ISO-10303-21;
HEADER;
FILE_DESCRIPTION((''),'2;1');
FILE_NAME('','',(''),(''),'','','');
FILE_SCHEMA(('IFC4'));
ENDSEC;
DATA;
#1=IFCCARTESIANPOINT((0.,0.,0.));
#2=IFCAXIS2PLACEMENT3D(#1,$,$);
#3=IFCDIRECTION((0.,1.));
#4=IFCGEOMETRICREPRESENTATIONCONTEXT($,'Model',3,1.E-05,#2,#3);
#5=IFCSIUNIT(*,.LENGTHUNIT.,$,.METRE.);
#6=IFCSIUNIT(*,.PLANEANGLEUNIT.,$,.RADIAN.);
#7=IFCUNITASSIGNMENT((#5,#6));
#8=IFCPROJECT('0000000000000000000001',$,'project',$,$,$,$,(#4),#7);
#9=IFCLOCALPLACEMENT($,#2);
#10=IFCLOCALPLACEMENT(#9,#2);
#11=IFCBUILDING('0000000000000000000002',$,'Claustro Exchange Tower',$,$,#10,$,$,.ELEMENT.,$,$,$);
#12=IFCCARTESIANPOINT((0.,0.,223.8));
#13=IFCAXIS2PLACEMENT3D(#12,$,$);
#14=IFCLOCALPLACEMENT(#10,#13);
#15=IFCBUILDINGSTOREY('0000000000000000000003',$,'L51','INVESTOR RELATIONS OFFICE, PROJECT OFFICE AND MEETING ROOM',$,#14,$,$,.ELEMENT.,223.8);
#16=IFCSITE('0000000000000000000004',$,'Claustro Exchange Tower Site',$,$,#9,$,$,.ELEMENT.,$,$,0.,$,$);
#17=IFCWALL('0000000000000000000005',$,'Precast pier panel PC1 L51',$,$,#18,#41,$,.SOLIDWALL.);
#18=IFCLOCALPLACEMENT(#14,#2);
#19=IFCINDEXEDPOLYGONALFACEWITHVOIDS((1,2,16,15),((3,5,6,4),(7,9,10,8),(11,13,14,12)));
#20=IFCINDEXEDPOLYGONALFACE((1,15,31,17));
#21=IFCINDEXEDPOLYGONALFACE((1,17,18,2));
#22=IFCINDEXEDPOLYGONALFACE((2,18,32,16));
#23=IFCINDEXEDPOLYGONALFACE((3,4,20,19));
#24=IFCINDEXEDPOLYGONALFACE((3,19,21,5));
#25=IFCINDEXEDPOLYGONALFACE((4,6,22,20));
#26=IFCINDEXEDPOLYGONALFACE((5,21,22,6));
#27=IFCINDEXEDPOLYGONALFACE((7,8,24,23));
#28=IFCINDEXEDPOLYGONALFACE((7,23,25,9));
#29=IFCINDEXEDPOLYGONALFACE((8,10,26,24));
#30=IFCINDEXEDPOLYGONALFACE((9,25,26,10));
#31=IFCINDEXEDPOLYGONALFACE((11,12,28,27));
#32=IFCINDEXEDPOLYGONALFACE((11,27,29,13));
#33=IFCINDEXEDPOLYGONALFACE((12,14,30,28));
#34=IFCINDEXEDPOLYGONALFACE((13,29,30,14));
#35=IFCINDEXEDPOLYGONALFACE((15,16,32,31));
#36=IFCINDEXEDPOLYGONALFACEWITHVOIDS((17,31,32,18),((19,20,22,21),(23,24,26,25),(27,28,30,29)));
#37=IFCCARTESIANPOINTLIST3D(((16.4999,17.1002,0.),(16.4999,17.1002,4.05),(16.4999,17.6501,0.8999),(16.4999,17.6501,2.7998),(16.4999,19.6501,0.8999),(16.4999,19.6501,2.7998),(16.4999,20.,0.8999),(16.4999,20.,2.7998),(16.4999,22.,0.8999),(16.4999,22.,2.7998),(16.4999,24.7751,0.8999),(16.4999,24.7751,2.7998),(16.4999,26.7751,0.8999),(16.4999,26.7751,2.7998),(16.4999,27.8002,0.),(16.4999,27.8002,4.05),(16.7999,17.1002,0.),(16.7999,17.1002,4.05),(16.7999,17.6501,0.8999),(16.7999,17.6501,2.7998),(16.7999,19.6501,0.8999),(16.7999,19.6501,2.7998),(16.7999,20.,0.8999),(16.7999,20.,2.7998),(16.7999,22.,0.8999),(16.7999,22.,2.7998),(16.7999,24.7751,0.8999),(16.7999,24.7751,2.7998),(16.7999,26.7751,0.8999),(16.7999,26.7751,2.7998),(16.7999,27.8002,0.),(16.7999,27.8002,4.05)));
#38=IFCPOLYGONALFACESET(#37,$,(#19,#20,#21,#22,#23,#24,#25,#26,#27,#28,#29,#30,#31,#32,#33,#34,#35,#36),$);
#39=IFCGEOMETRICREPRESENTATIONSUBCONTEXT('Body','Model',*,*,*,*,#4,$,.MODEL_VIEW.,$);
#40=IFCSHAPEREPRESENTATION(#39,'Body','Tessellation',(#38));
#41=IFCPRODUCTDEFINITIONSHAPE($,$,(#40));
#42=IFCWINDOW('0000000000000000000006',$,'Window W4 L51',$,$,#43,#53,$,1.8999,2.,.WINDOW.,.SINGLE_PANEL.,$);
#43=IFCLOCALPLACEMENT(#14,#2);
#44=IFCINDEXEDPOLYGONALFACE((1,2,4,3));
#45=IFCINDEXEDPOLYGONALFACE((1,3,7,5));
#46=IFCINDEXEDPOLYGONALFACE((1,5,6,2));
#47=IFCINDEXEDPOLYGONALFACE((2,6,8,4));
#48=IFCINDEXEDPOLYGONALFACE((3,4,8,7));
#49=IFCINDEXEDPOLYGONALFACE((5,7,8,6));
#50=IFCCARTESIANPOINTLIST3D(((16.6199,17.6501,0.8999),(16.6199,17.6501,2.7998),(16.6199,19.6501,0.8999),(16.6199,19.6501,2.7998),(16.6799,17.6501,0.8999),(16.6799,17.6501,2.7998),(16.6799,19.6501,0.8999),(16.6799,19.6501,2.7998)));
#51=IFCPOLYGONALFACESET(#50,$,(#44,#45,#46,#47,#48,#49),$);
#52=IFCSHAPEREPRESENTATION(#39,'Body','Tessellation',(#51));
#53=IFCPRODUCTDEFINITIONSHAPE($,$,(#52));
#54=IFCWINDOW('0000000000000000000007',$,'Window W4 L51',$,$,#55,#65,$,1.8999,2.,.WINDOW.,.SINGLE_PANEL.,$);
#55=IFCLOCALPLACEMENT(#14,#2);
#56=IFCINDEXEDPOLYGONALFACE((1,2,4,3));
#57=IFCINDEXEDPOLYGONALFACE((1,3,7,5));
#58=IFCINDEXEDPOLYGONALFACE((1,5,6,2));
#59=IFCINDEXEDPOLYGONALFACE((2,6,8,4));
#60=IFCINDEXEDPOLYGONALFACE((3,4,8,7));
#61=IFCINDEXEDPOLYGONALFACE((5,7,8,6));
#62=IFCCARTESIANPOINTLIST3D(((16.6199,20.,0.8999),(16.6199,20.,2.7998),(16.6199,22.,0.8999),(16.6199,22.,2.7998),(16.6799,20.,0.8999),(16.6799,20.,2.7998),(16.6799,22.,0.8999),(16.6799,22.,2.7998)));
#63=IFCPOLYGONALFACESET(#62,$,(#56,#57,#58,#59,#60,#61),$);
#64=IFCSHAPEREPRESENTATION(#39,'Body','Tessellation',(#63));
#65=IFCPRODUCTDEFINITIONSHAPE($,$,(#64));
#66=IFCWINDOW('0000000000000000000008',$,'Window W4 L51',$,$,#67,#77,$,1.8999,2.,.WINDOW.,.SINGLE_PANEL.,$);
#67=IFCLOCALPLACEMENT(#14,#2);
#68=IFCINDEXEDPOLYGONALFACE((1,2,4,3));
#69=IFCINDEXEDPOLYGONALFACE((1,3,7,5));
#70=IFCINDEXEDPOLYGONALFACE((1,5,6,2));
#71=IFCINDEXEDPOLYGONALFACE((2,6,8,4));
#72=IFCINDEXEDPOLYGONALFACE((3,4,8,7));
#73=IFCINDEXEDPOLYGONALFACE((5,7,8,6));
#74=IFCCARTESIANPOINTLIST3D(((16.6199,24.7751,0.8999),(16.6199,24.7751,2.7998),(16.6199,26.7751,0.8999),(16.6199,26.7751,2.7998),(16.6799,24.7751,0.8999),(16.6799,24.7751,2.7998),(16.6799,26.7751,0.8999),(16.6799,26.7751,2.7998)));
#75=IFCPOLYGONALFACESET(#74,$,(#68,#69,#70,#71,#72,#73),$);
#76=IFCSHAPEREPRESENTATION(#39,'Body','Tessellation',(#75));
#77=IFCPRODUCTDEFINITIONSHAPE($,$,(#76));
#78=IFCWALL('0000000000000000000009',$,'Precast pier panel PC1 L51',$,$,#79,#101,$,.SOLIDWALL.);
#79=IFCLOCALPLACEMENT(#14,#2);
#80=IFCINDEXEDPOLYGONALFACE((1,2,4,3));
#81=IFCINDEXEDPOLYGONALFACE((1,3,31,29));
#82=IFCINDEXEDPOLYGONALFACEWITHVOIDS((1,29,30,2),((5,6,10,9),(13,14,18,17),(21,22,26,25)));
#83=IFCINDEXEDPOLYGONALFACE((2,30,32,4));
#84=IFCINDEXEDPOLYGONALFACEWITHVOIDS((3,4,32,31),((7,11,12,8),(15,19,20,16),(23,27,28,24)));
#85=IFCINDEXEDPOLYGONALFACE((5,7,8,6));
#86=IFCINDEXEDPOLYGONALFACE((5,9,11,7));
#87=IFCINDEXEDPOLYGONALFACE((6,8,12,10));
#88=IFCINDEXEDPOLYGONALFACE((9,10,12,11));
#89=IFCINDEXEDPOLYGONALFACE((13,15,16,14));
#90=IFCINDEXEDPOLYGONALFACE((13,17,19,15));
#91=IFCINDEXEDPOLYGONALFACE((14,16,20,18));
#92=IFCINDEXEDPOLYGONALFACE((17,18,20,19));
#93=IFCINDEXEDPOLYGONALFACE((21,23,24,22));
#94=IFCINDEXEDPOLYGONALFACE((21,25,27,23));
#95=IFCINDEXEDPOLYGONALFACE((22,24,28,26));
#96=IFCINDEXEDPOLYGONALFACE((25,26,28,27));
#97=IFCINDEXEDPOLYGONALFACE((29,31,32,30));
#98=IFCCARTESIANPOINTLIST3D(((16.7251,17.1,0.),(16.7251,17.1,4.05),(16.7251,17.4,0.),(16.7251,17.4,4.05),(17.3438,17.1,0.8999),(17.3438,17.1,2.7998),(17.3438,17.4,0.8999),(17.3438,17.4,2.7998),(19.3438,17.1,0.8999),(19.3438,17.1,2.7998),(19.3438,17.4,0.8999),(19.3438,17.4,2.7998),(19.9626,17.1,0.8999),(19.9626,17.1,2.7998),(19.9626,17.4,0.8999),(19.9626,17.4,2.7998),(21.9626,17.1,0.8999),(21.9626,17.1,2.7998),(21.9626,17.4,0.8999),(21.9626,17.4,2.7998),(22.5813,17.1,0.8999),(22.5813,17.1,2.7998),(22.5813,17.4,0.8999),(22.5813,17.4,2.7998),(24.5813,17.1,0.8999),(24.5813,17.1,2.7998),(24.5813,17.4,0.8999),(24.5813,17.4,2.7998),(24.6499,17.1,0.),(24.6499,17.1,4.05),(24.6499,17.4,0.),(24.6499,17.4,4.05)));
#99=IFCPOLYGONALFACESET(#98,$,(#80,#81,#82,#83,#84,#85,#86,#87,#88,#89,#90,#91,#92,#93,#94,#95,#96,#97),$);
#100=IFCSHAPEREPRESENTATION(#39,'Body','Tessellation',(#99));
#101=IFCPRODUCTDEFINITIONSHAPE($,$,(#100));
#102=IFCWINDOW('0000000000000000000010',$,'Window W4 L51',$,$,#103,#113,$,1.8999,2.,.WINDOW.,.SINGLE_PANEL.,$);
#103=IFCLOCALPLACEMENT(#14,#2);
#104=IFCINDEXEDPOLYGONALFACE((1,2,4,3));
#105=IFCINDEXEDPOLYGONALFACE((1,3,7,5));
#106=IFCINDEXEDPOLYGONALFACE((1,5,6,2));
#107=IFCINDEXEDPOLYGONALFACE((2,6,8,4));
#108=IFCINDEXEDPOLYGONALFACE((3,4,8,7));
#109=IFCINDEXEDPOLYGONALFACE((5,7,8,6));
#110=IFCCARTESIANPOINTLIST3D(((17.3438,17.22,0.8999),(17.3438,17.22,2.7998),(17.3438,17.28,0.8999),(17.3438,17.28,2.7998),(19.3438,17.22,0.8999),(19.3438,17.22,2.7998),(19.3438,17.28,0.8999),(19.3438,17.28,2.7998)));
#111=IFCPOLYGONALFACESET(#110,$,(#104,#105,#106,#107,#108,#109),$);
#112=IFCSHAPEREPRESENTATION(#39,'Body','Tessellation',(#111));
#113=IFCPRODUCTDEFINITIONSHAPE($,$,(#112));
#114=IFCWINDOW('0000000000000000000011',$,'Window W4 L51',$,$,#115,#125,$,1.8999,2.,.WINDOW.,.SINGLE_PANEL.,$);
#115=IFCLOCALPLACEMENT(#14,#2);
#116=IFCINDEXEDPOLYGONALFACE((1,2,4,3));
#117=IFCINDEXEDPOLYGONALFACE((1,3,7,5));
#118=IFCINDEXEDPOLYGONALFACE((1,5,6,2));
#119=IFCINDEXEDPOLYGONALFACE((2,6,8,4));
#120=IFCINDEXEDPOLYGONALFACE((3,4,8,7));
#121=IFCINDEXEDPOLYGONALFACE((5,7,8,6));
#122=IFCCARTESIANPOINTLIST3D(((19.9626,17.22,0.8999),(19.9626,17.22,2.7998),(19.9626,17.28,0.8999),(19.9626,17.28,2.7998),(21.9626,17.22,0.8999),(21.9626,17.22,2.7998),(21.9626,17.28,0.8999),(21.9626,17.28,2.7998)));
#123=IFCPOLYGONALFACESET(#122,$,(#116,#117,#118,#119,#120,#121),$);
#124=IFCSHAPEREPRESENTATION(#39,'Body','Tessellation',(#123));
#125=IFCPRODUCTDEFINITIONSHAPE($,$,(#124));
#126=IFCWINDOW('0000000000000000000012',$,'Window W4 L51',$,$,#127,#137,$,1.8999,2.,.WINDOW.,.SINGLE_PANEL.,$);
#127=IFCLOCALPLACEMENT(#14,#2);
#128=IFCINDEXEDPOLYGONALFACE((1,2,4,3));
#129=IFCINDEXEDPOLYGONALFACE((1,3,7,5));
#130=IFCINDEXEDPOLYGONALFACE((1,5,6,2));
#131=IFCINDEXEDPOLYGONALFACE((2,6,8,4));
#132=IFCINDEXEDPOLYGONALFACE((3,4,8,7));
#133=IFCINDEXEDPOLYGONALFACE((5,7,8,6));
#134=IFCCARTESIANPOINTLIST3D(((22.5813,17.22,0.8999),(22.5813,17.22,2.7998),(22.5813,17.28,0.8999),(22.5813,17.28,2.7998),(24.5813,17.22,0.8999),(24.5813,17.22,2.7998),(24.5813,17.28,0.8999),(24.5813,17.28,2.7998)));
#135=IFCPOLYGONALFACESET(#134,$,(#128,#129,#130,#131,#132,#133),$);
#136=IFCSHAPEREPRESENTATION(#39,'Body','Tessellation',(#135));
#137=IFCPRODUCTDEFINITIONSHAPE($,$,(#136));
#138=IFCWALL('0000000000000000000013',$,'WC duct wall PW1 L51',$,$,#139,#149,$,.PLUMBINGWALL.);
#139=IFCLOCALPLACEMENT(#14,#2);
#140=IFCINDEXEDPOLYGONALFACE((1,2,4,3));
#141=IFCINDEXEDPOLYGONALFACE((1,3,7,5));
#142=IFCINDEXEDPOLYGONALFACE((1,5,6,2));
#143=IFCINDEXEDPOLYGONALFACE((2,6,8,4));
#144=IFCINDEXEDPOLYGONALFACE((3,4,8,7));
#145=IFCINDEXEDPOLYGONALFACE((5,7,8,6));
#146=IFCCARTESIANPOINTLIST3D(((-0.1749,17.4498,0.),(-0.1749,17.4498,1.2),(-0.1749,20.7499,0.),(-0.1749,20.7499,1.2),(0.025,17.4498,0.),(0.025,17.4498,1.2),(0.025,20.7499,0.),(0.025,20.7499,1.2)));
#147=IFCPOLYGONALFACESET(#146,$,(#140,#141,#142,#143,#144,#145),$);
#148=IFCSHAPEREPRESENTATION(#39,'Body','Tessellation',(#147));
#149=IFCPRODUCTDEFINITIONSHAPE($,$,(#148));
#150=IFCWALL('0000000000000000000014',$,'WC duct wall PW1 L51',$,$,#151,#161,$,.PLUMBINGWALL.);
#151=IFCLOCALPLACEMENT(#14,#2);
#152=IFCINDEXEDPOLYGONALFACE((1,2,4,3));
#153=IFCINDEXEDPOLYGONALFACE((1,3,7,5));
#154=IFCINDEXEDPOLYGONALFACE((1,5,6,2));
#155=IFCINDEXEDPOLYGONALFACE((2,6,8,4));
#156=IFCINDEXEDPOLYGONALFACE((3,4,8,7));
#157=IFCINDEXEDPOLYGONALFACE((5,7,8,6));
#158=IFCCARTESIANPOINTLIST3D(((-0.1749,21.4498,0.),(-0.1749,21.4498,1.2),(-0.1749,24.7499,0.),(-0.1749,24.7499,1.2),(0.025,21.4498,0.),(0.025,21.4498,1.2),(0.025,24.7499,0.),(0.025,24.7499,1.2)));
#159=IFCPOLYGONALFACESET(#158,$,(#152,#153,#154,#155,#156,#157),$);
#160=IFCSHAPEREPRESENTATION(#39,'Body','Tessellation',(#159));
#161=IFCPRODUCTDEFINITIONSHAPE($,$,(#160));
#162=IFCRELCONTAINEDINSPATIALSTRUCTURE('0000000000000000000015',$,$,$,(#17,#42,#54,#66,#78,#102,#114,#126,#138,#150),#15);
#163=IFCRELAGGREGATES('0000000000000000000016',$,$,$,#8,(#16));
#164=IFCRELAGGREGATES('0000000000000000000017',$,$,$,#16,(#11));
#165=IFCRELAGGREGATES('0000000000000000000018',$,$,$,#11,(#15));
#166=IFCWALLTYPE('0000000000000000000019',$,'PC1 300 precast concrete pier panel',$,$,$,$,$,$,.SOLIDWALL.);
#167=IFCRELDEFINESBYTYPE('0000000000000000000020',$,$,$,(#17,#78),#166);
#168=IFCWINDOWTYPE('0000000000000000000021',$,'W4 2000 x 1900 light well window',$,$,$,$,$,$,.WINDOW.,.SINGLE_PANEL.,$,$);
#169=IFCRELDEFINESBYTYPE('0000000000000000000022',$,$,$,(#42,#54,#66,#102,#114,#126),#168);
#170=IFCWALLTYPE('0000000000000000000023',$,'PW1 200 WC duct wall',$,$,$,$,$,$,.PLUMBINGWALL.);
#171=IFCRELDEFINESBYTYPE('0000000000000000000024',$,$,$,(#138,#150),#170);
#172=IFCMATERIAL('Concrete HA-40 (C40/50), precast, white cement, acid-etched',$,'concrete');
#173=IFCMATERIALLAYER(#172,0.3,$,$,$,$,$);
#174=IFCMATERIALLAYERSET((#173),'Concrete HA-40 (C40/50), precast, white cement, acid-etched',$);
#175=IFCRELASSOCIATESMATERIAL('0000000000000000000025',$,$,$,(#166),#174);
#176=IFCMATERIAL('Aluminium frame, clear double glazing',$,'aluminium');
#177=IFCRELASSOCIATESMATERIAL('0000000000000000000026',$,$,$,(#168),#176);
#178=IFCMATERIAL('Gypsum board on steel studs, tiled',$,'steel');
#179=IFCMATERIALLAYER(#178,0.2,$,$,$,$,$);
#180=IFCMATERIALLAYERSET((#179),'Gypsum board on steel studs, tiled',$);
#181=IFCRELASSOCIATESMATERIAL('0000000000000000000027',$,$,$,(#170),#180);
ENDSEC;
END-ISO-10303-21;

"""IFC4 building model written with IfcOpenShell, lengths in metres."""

from ifc_helpers import new_model, si_unit, direction, frame, frame_2d, origin, place, context, subcontext, project, spatial, rectangle, extrude, material, layer, layer_set, type_object, element, fill, save


model = new_model("IFC4")

# Units and contexts
model_context = context("Model", 3, precision=1e-05, world=origin(), true_north=direction((0.0, 1.0)))
body_context = subcontext(model_context, "Body", "Model", "MODEL_VIEW")
ifc_project = project(units=[si_unit("LENGTHUNIT", "METRE"), si_unit("PLANEANGLEUNIT", "RADIAN")], contexts=[model_context])

# Site, building, storey
site_placement = place(None, origin())
site = spatial("IfcSite", under=ifc_project, at=site_placement, Name="Claustro Exchange Tower Site", CompositionType="ELEMENT", RefElevation=0.0)
building_placement = place(site_placement, origin())
building = spatial("IfcBuilding", under=site, at=building_placement, Name="Claustro Exchange Tower", CompositionType="ELEMENT")
storey_placement = place(building_placement, frame((0.0, 0.0, 223.8)))
storey = spatial("IfcBuildingStorey", under=building, at=storey_placement, Name="L51", Description="INVESTOR RELATIONS OFFICE, PROJECT OFFICE AND MEETING ROOM", CompositionType="ELEMENT", Elevation=223.8)

# Walls, openings, windows
ifc_material_1 = material(Name="Concrete HA-40 (C40/50), precast, white cement, acid-etched", Category="concrete")
ifc_layer_1 = layer(ifc_material_1, 0.3)
ifc_layer_set_1 = layer_set([ifc_layer_1], Name="Concrete HA-40 (C40/50), precast, white cement, acid-etched")
wall_type_1 = type_object("IfcWallType", Name="PC1 300 precast concrete pier panel", PredefinedType="SOLIDWALL", material=ifc_layer_set_1)
wall_1_placement = place(storey_placement, frame((16.6499, 17.1001, 0.0), z_axis=(0.0, 0.0, 1.0), x_axis=(0.0, 1.0, 0.0)))
wall_1 = element("IfcWall", 1, at=wall_1_placement, inside=storey, type_object=wall_type_1, Name="Precast pier panel PC1 L51", PredefinedType="SOLIDWALL", context=body_context, shape_type="SweptSolid", body=[
    extrude(rectangle(XDim=10.7, YDim=0.3, at=frame_2d((5.3501, 0.0))), origin(), (0.0, 0.0, 1.0), 4.05),
])
opening_1_placement = place(wall_1_placement, frame((0.55, 0.0, 0.8999)))
opening_1 = element("IfcOpeningElement", 2, at=opening_1_placement, cuts=wall_1, PredefinedType="OPENING", context=body_context, shape_type="SweptSolid", body=[
    extrude(rectangle(XDim=2.0, YDim=1.8999, at=frame_2d((1.0, 0.95))), frame((0.0, 0.1599, 0.0), z_axis=(0.0, -1.0, 0.0), x_axis=(1.0, 0.0, 0.0)), (0.0, 0.0, 1.0), 0.3201),
])
opening_2_placement = place(wall_1_placement, frame((2.8999, 0.0, 0.8999)))
opening_2 = element("IfcOpeningElement", 3, at=opening_2_placement, cuts=wall_1, PredefinedType="OPENING", context=body_context, shape_type="SweptSolid", body=[
    extrude(rectangle(XDim=2.0, YDim=1.8999, at=frame_2d((1.0, 0.95))), frame((0.0, 0.1599, 0.0), z_axis=(0.0, -1.0, 0.0), x_axis=(1.0, 0.0, 0.0)), (0.0, 0.0, 1.0), 0.3201),
])
opening_3_placement = place(wall_1_placement, frame((7.675, 0.0, 0.8999)))
opening_3 = element("IfcOpeningElement", 4, at=opening_3_placement, cuts=wall_1, PredefinedType="OPENING", context=body_context, shape_type="SweptSolid", body=[
    extrude(rectangle(XDim=2.0, YDim=1.8999, at=frame_2d((1.0, 0.95))), frame((0.0, 0.1599, 0.0), z_axis=(0.0, -1.0, 0.0), x_axis=(1.0, 0.0, 0.0)), (0.0, 0.0, 1.0), 0.3201),
])
ifc_material_2 = material(Name="Aluminium frame, clear double glazing", Category="aluminium")
window_type = type_object("IfcWindowType", Name="W4 2000 x 1900 light well window", PartitioningType="SINGLE_PANEL", PredefinedType="WINDOW", material=ifc_material_2)
window_1_placement = place(opening_1_placement, origin())
window_1 = element("IfcWindow", 5, at=window_1_placement, inside=storey, type_object=window_type, Name="Window W4 L51", OverallHeight=1.8999, OverallWidth=2.0, PartitioningType="SINGLE_PANEL", PredefinedType="WINDOW", context=body_context, shape_type="SweptSolid", body=[
    extrude(rectangle(XDim=2.0, YDim=1.8999, at=frame_2d((1.0, 0.95))), frame((0.0, 0.03, 0.0), z_axis=(0.0, -1.0, 0.0), x_axis=(1.0, 0.0, 0.0)), (0.0, 0.0, 1.0), 0.0601),
])
fill(opening_1, window_1)
window_2_placement = place(opening_2_placement, origin())
window_2 = element("IfcWindow", 6, at=window_2_placement, inside=storey, type_object=window_type, Name="Window W4 L51", OverallHeight=1.8999, OverallWidth=2.0, PartitioningType="SINGLE_PANEL", PredefinedType="WINDOW", context=body_context, shape_type="SweptSolid", body=[
    extrude(rectangle(XDim=2.0, YDim=1.8999, at=frame_2d((1.0, 0.95))), frame((0.0, 0.03, 0.0), z_axis=(0.0, -1.0, 0.0), x_axis=(1.0, 0.0, 0.0)), (0.0, 0.0, 1.0), 0.0601),
])
fill(opening_2, window_2)
window_3_placement = place(opening_3_placement, origin())
window_3 = element("IfcWindow", 7, at=window_3_placement, inside=storey, type_object=window_type, Name="Window W4 L51", OverallHeight=1.8999, OverallWidth=2.0, PartitioningType="SINGLE_PANEL", PredefinedType="WINDOW", context=body_context, shape_type="SweptSolid", body=[
    extrude(rectangle(XDim=2.0, YDim=1.8999, at=frame_2d((1.0, 0.95))), frame((0.0, 0.03, 0.0), z_axis=(0.0, -1.0, 0.0), x_axis=(1.0, 0.0, 0.0)), (0.0, 0.0, 1.0), 0.0601),
])
fill(opening_3, window_3)
wall_2_placement = place(storey_placement, frame((16.7251, 17.25, 0.0), z_axis=(0.0, 0.0, 1.0), x_axis=(1.0, 0.0, 0.0)))
wall_2 = element("IfcWall", 8, at=wall_2_placement, inside=storey, type_object=wall_type_1, Name="Precast pier panel PC1 L51", PredefinedType="SOLIDWALL", context=body_context, shape_type="SweptSolid", body=[
    extrude(rectangle(XDim=7.9248, YDim=0.3, at=frame_2d((3.9624, 0.0))), origin(), (0.0, 0.0, 1.0), 4.05),
])
opening_4_placement = place(wall_2_placement, frame((0.6187, 0.0, 0.8999)))
opening_4 = element("IfcOpeningElement", 9, at=opening_4_placement, cuts=wall_2, PredefinedType="OPENING", context=body_context, shape_type="SweptSolid", body=[
    extrude(rectangle(XDim=2.0, YDim=1.8999, at=frame_2d((1.0, 0.95))), frame((0.0, 0.1599, 0.0), z_axis=(0.0, -1.0, 0.0), x_axis=(1.0, 0.0, 0.0)), (0.0, 0.0, 1.0), 0.3201),
])
opening_5_placement = place(wall_2_placement, frame((3.2375, 0.0, 0.8999)))
opening_5 = element("IfcOpeningElement", 10, at=opening_5_placement, cuts=wall_2, PredefinedType="OPENING", context=body_context, shape_type="SweptSolid", body=[
    extrude(rectangle(XDim=2.0, YDim=1.8999, at=frame_2d((1.0, 0.95))), frame((0.0, 0.1599, 0.0), z_axis=(0.0, -1.0, 0.0), x_axis=(1.0, 0.0, 0.0)), (0.0, 0.0, 1.0), 0.3201),
])
opening_6_placement = place(wall_2_placement, frame((5.8562, 0.0, 0.8999)))
opening_6 = element("IfcOpeningElement", 11, at=opening_6_placement, cuts=wall_2, PredefinedType="OPENING", context=body_context, shape_type="SweptSolid", body=[
    extrude(rectangle(XDim=2.0, YDim=1.8999, at=frame_2d((1.0, 0.95))), frame((0.0, 0.1599, 0.0), z_axis=(0.0, -1.0, 0.0), x_axis=(1.0, 0.0, 0.0)), (0.0, 0.0, 1.0), 0.3201),
])
window_4_placement = place(opening_4_placement, origin())
window_4 = element("IfcWindow", 12, at=window_4_placement, inside=storey, type_object=window_type, Name="Window W4 L51", OverallHeight=1.8999, OverallWidth=2.0, PartitioningType="SINGLE_PANEL", PredefinedType="WINDOW", context=body_context, shape_type="SweptSolid", body=[
    extrude(rectangle(XDim=2.0, YDim=1.8999, at=frame_2d((1.0, 0.95))), frame((0.0, 0.03, 0.0), z_axis=(0.0, -1.0, 0.0), x_axis=(1.0, 0.0, 0.0)), (0.0, 0.0, 1.0), 0.0601),
])
fill(opening_4, window_4)
window_5_placement = place(opening_5_placement, origin())
window_5 = element("IfcWindow", 13, at=window_5_placement, inside=storey, type_object=window_type, Name="Window W4 L51", OverallHeight=1.8999, OverallWidth=2.0, PartitioningType="SINGLE_PANEL", PredefinedType="WINDOW", context=body_context, shape_type="SweptSolid", body=[
    extrude(rectangle(XDim=2.0, YDim=1.8999, at=frame_2d((1.0, 0.95))), frame((0.0, 0.03, 0.0), z_axis=(0.0, -1.0, 0.0), x_axis=(1.0, 0.0, 0.0)), (0.0, 0.0, 1.0), 0.0601),
])
fill(opening_5, window_5)
window_6_placement = place(opening_6_placement, origin())
window_6 = element("IfcWindow", 14, at=window_6_placement, inside=storey, type_object=window_type, Name="Window W4 L51", OverallHeight=1.8999, OverallWidth=2.0, PartitioningType="SINGLE_PANEL", PredefinedType="WINDOW", context=body_context, shape_type="SweptSolid", body=[
    extrude(rectangle(XDim=2.0, YDim=1.8999, at=frame_2d((1.0, 0.95))), frame((0.0, 0.03, 0.0), z_axis=(0.0, -1.0, 0.0), x_axis=(1.0, 0.0, 0.0)), (0.0, 0.0, 1.0), 0.0601),
])
fill(opening_6, window_6)

# Walls
ifc_material_3 = material(Name="Gypsum board on steel studs, tiled", Category="steel")
ifc_layer_2 = layer(ifc_material_3, 0.2)
ifc_layer_set_2 = layer_set([ifc_layer_2], Name="Gypsum board on steel studs, tiled")
wall_type_2 = type_object("IfcWallType", Name="PW1 200 WC duct wall", PredefinedType="PLUMBINGWALL", material=ifc_layer_set_2)
for number, where, z_axis, x_axis, name in (
    (15, (-0.075, 17.45, 0.0), (0.0, 0.0, 1.0), (0.0, 1.0, 0.0), "WC duct wall PW1 L51"),
    (16, (-0.075, 21.45, 0.0), (0.0, 0.0, 1.0), (0.0, 1.0, 0.0), "WC duct wall PW1 L51"),
):
    element("IfcWall", number, at=place(storey_placement, frame(where, z_axis=z_axis, x_axis=x_axis)), inside=storey, type_object=wall_type_2, Name=name, PredefinedType="PLUMBINGWALL", context=body_context, shape_type="SweptSolid", body=[
        extrude(rectangle(XDim=3.3, YDim=0.2, at=frame_2d((1.6499, 0.0))), origin(), (0.0, 0.0, 1.0), 1.2),
    ])

save(model, "model.ifc")
